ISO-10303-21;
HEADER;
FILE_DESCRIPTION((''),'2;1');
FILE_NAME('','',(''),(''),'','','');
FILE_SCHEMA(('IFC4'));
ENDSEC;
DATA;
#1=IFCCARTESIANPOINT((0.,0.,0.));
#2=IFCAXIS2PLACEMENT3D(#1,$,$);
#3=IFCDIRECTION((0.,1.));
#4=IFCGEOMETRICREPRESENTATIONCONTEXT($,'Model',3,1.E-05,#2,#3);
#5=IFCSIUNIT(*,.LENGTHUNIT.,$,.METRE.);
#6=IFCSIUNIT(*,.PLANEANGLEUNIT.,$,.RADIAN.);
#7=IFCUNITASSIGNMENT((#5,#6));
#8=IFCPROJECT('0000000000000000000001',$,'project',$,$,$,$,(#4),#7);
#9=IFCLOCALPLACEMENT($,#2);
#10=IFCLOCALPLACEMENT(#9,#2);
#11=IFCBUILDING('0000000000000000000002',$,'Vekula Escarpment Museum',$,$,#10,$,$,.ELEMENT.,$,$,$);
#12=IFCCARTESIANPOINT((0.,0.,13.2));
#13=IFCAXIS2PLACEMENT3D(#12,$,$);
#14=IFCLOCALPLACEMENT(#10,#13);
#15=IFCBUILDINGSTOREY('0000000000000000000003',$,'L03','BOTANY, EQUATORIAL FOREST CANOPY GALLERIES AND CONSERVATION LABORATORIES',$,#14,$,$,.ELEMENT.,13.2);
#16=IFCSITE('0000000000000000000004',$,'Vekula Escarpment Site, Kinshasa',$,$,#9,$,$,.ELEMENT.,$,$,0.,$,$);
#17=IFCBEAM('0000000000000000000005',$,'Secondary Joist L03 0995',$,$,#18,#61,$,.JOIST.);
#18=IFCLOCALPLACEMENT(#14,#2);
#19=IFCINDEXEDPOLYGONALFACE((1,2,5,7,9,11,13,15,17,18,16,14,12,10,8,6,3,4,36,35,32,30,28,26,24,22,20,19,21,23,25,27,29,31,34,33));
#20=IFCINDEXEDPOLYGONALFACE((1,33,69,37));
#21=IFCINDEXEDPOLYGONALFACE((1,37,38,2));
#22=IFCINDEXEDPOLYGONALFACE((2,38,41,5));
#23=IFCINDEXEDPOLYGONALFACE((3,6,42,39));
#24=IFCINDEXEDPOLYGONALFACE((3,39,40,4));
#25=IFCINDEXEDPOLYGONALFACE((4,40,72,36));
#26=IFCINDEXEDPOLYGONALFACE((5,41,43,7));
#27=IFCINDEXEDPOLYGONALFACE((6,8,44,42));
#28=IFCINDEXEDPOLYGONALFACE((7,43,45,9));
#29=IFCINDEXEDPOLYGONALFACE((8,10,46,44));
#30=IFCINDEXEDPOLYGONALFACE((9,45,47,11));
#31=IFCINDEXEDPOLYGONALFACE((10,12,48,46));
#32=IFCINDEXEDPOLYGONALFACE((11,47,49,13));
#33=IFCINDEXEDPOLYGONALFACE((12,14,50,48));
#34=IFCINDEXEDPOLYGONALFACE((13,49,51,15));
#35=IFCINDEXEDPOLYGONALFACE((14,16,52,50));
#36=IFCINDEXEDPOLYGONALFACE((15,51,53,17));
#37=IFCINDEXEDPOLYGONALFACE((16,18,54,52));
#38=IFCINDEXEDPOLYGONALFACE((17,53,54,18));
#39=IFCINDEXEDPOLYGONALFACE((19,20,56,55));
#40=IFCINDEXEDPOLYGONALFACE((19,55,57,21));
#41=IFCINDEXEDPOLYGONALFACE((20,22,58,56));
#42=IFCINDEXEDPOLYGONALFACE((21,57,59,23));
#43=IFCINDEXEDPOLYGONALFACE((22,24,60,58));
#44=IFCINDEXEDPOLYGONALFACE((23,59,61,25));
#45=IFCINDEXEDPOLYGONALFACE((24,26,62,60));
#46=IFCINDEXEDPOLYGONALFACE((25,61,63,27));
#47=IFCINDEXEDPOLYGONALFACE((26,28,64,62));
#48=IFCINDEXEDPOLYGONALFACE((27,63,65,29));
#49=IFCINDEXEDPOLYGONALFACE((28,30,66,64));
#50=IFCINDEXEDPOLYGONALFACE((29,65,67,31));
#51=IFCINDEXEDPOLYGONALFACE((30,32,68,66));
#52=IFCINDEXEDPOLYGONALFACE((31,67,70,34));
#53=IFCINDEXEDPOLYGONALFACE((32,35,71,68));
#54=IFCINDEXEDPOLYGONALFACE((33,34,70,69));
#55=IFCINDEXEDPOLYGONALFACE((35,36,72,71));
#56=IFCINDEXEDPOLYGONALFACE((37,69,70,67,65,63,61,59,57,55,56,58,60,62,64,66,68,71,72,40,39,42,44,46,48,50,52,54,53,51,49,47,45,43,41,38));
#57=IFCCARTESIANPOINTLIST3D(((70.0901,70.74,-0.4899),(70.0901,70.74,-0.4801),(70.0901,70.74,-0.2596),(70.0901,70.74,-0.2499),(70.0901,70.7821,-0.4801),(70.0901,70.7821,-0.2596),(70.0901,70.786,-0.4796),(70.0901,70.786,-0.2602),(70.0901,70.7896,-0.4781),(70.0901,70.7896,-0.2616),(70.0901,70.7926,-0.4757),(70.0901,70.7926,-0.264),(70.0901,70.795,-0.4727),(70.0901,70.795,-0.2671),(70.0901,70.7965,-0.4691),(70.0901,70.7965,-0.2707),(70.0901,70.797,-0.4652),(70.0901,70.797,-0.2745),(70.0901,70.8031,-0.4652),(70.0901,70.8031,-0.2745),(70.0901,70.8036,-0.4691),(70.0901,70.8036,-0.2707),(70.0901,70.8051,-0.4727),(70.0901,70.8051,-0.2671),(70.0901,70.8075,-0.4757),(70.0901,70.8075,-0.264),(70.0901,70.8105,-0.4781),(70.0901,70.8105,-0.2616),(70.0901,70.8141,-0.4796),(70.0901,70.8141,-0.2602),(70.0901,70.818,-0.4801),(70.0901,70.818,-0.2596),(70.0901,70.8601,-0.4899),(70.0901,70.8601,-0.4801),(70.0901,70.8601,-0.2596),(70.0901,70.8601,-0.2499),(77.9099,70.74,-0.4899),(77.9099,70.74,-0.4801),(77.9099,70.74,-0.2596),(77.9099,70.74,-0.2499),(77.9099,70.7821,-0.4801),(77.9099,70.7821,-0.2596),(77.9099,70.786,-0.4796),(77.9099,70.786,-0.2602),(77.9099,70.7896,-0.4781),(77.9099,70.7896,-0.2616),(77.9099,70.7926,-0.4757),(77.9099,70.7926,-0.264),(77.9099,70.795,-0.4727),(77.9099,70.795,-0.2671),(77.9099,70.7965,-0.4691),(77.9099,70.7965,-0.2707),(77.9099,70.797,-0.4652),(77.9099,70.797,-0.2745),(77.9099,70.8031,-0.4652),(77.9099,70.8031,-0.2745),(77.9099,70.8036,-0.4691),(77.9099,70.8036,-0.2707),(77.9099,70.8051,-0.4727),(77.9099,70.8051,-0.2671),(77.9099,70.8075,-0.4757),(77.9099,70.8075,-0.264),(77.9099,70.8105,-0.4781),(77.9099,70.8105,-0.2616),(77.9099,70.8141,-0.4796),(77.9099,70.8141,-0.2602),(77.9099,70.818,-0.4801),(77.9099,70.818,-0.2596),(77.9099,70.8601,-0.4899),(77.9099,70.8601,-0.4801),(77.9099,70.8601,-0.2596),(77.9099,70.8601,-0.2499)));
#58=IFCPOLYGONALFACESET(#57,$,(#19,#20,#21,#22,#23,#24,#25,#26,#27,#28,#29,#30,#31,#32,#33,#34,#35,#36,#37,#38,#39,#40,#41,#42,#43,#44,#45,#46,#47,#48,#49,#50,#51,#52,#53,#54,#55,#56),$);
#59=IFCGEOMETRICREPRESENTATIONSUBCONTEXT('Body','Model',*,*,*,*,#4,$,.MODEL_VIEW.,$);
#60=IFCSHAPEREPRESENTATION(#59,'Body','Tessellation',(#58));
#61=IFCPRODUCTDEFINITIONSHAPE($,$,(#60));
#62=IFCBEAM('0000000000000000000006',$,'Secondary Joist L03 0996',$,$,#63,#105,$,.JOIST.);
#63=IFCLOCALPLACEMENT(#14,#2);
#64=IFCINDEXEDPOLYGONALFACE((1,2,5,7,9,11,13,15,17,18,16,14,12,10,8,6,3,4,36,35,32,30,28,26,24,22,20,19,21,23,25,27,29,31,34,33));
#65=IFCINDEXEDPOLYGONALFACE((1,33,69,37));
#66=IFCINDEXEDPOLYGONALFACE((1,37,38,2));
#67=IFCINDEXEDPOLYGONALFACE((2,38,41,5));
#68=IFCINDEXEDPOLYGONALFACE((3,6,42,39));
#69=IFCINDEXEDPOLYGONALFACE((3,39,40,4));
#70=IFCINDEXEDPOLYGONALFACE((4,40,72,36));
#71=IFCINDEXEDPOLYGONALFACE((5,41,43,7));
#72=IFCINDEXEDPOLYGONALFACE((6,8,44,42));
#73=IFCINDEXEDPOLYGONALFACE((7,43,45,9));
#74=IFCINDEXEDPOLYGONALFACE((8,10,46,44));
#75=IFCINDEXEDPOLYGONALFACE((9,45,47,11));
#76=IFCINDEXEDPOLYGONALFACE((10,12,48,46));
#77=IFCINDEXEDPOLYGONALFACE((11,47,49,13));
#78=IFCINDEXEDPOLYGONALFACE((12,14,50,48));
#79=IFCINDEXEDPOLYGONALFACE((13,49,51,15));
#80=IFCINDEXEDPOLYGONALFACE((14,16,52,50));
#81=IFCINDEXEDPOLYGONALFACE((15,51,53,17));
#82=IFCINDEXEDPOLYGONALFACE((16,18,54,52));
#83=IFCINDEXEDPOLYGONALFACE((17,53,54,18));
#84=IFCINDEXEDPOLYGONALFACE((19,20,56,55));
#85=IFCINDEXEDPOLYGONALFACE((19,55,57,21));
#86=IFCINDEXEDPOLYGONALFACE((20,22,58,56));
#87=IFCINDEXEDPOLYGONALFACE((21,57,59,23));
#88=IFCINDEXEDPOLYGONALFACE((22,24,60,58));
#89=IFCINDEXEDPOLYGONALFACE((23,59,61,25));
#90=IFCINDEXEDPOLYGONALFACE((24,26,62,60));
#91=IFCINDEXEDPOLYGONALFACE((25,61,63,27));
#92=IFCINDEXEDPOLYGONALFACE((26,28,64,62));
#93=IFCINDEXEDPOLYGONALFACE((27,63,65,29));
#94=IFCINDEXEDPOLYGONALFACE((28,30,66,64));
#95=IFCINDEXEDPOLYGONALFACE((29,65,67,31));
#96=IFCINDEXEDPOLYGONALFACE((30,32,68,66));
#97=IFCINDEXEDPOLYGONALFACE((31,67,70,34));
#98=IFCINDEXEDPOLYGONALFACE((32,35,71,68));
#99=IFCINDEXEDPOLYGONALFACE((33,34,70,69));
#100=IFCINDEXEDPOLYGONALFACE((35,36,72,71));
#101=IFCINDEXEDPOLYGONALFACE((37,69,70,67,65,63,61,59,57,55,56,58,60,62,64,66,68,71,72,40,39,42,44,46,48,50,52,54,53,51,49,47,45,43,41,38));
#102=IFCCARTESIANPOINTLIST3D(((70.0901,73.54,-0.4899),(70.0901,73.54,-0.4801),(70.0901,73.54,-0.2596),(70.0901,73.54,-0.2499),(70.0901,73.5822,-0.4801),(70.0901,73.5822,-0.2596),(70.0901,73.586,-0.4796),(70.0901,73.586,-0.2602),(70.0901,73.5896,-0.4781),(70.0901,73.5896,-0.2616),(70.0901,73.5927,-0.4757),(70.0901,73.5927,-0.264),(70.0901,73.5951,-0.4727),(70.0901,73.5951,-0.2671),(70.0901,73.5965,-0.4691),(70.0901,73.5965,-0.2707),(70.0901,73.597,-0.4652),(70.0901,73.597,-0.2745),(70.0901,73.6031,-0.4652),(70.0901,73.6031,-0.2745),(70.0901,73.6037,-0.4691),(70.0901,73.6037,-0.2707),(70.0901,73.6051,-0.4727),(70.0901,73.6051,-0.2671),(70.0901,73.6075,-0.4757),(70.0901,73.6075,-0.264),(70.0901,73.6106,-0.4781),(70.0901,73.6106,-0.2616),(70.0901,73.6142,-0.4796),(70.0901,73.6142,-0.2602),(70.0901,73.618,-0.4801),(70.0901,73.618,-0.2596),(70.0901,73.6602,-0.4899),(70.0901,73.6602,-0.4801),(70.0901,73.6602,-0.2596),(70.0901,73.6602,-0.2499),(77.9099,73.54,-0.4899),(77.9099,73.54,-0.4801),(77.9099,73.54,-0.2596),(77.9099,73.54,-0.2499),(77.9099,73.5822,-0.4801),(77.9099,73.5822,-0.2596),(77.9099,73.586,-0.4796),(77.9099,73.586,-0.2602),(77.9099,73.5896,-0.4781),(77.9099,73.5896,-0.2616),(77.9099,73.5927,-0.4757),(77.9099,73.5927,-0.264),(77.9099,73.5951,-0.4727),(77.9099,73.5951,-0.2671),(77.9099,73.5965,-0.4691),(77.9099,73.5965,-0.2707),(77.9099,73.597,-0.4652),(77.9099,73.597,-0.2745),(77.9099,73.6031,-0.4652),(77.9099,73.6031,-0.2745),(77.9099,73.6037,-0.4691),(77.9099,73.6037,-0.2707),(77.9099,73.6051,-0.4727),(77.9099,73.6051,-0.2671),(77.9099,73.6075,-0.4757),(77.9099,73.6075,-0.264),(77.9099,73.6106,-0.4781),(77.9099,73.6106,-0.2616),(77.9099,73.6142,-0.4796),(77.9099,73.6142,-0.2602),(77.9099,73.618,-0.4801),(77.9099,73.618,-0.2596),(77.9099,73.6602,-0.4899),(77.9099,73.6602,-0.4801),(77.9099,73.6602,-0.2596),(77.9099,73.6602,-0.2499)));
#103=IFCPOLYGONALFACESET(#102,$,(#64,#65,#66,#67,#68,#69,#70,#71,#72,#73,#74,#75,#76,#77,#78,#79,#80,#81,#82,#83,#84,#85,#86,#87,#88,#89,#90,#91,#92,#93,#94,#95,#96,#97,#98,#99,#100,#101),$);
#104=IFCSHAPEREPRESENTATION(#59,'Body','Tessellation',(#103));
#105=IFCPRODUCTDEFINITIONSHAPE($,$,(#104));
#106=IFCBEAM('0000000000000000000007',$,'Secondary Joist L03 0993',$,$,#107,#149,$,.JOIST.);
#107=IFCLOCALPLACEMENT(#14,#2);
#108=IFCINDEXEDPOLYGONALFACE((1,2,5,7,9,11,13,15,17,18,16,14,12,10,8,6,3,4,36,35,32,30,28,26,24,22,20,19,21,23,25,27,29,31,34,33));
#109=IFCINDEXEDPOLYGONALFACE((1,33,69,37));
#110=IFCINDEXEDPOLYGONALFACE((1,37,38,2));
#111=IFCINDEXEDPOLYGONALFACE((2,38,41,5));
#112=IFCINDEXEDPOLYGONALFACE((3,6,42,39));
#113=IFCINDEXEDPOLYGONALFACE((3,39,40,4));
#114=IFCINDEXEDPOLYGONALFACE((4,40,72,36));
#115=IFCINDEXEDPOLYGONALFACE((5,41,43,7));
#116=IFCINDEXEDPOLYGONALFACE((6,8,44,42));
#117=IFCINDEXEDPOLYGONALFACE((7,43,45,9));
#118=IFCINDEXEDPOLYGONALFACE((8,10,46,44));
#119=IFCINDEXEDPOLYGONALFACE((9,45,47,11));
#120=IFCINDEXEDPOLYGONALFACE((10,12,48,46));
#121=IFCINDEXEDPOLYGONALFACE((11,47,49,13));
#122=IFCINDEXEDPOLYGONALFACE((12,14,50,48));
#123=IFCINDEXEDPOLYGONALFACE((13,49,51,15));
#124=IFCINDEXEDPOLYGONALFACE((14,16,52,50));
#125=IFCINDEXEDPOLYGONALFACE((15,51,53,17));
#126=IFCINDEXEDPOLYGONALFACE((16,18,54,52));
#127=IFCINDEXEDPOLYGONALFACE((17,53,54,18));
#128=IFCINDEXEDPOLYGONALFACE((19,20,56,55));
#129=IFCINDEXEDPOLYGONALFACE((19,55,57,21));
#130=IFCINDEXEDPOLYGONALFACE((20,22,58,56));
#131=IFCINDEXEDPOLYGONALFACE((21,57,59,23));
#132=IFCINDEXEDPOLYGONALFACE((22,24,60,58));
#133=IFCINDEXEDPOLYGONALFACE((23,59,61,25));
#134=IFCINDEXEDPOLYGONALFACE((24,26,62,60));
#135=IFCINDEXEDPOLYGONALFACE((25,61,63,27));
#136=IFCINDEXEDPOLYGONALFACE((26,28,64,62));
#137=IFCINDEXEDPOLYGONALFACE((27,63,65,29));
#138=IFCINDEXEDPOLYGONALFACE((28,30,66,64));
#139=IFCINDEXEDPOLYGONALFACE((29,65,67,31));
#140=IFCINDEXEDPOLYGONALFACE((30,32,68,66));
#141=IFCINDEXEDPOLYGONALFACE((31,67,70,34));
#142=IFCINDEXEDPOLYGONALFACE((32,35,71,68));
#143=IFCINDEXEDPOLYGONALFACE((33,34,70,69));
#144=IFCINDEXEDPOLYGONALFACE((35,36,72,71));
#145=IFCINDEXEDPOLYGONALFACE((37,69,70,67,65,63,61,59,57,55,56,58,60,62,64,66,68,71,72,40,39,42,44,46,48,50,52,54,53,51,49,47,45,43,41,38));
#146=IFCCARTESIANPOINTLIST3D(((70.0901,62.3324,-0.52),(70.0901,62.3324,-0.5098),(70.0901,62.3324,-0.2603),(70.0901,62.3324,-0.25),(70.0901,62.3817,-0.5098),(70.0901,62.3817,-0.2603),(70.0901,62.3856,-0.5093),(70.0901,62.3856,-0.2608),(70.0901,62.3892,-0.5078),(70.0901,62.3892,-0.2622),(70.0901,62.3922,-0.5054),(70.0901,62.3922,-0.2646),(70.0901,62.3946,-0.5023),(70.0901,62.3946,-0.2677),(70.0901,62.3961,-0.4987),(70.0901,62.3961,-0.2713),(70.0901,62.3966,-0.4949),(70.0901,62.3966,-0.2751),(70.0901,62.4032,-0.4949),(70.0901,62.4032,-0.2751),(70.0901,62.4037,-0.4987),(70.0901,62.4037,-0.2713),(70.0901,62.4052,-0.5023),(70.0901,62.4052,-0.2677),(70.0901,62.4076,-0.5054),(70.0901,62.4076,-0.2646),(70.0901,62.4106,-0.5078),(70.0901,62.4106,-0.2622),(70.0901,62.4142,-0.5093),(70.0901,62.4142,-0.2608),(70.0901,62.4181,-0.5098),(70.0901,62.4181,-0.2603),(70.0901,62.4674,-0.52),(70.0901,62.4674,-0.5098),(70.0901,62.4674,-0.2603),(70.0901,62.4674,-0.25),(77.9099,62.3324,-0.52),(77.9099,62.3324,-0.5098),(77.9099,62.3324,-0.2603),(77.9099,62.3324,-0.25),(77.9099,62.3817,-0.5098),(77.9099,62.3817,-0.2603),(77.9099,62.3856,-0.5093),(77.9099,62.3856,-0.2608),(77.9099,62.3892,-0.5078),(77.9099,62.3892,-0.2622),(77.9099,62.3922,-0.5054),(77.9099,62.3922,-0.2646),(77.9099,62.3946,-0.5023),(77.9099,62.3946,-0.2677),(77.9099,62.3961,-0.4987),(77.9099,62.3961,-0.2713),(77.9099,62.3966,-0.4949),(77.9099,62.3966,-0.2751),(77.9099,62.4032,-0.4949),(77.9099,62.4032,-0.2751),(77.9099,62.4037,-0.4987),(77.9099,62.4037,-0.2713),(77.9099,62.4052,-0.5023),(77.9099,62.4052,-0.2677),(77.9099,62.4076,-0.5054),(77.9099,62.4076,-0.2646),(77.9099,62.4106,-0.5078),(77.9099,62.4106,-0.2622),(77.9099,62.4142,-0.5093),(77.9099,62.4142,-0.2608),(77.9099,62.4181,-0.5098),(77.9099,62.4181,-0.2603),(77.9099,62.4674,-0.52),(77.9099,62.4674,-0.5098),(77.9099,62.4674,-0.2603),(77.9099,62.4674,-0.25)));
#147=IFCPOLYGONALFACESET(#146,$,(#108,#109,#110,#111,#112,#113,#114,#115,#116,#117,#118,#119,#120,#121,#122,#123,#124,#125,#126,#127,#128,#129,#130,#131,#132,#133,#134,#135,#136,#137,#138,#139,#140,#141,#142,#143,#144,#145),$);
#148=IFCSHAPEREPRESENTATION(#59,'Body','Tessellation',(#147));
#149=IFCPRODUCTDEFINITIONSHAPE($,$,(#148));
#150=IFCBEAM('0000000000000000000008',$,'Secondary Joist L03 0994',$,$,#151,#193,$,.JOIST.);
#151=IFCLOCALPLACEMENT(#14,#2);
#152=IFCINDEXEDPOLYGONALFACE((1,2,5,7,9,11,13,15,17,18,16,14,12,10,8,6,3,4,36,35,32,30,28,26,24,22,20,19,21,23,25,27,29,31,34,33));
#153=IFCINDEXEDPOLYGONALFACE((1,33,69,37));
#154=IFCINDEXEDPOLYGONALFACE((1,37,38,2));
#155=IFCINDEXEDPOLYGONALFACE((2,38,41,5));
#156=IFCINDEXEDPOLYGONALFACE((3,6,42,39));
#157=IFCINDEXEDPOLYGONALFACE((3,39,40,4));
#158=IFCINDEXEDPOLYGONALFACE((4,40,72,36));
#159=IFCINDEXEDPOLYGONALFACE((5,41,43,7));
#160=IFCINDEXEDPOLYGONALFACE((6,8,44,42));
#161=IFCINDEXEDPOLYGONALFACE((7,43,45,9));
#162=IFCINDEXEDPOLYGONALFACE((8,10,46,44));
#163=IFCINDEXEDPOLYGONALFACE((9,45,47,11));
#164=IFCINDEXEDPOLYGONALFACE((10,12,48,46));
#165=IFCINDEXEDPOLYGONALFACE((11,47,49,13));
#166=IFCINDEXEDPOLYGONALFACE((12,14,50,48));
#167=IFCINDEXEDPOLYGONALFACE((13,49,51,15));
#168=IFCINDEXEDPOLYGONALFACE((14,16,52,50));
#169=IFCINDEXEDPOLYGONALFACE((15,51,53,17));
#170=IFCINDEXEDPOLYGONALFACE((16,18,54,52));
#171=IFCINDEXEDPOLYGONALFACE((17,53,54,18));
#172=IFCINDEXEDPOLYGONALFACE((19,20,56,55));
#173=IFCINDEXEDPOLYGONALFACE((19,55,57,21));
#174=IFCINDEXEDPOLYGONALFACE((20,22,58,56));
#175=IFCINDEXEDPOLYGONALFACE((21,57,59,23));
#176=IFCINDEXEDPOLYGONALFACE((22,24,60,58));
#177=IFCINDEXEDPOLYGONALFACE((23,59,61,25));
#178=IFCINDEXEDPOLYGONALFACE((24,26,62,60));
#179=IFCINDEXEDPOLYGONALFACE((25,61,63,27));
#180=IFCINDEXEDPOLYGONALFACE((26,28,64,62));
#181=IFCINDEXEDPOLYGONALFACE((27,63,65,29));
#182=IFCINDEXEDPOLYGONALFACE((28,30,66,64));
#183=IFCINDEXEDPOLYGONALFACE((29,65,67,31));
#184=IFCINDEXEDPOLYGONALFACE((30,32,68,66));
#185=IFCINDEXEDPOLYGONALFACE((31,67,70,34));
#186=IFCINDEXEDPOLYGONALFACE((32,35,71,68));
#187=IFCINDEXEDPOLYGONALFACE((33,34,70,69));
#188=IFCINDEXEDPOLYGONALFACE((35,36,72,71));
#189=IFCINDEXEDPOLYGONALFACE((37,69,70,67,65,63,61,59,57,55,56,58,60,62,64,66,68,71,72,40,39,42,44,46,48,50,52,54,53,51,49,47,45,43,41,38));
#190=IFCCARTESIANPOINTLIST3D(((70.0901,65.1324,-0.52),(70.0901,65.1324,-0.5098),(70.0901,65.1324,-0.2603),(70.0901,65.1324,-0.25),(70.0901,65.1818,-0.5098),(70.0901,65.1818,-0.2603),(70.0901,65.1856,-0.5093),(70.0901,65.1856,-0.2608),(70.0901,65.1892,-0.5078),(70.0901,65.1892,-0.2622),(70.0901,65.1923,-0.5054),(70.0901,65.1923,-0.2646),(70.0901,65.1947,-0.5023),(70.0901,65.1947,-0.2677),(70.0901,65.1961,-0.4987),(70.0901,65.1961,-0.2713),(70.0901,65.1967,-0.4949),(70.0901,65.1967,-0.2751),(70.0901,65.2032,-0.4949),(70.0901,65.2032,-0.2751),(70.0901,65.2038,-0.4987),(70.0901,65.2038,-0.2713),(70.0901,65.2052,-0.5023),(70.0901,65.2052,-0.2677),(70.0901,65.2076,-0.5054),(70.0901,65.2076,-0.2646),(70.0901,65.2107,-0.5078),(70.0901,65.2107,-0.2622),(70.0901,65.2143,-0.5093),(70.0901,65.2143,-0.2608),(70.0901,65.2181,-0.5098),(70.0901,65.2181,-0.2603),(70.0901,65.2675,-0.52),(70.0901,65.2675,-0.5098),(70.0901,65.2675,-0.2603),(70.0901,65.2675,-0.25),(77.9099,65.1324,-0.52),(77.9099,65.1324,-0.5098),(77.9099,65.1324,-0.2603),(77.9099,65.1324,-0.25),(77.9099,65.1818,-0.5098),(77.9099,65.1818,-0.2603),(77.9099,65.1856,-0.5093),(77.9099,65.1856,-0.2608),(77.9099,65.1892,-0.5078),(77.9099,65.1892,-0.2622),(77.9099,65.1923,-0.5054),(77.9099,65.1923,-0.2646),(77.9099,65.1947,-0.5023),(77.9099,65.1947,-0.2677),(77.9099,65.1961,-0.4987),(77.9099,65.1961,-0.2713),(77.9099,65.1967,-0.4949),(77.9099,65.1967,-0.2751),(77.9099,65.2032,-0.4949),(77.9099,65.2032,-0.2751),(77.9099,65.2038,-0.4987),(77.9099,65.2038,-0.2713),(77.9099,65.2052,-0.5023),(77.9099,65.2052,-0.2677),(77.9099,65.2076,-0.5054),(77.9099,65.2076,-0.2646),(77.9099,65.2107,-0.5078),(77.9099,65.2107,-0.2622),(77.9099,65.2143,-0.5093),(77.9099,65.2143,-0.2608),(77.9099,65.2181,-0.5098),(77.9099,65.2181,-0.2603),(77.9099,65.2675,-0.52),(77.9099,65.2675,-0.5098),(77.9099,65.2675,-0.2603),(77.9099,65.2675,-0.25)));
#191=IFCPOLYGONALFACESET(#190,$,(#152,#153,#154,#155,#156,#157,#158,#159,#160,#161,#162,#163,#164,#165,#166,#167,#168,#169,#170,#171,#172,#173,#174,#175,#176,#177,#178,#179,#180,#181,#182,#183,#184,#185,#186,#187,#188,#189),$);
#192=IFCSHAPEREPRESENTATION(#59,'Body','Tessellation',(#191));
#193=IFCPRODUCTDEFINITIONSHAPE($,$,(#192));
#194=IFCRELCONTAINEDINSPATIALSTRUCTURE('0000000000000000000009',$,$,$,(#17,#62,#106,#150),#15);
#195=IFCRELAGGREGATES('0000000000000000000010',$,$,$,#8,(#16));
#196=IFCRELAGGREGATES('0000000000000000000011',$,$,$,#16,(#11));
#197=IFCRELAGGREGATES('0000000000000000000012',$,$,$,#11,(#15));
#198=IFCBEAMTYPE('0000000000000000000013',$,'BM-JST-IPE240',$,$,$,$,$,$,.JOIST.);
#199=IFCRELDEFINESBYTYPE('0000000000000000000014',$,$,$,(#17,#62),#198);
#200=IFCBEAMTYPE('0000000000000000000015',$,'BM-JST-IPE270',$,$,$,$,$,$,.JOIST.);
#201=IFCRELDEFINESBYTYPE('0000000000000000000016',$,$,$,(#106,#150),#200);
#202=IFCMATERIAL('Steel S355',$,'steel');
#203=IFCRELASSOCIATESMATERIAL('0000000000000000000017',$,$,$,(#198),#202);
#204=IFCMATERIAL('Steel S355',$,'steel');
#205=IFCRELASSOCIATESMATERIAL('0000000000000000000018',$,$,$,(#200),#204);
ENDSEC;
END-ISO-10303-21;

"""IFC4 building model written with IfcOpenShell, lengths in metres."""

from ifc_helpers import new_model, si_unit, direction, frame, origin, origin_2d, place, context, subcontext, project, spatial, i_section, extrude, material, material_profile, profile_set, type_object, element, save


model = new_model("IFC4")

# Units and contexts
model_context = context("Model", 3, precision=1e-05, world=origin(), true_north=direction((0.0, 1.0)))
body_context = subcontext(model_context, "Body", "Model", "MODEL_VIEW")
ifc_project = project(units=[si_unit("LENGTHUNIT", "METRE"), si_unit("PLANEANGLEUNIT", "RADIAN")], contexts=[model_context])

# Site, building, storey
site_placement = place(None, origin())
site = spatial("IfcSite", under=ifc_project, at=site_placement, Name="Vekula Escarpment Site, Kinshasa", CompositionType="ELEMENT", RefElevation=0.0)
building_placement = place(site_placement, origin())
building = spatial("IfcBuilding", under=site, at=building_placement, Name="Vekula Escarpment Museum", CompositionType="ELEMENT")
storey_placement = place(building_placement, frame((0.0, 0.0, 13.2)))
storey = spatial("IfcBuildingStorey", under=building, at=storey_placement, Name="L03", Description="BOTANY, EQUATORIAL FOREST CANOPY GALLERIES AND CONSERVATION LABORATORIES", CompositionType="ELEMENT", Elevation=13.2)

# Beams
ifc_material_1 = material(Name="Steel S355", Category="steel")
ifc_material_profile_1 = material_profile(ifc_material_1, i_section(OverallWidth=0.1201, OverallDepth=0.24, WebThickness=0.0061, FlangeThickness=0.0098, FilletRadius=0.0149, at=origin_2d()), Name="IPE 240")
ifc_profile_set_1 = profile_set([ifc_material_profile_1], Name="Steel S355")
beam_type_1 = type_object("IfcBeamType", Name="BM-JST-IPE240", PredefinedType="JOIST", material=ifc_profile_set_1)
for number, where, z_axis, x_axis, name in (
    (1, (70.0901, 70.8, -0.3699), (1.0, 0.0, 0.0), (0.0, 1.0, 0.0), "Secondary Joist L03 0995"),
    (2, (70.0901, 73.6001, -0.3699), (1.0, 0.0, 0.0), (0.0, 1.0, 0.0), "Secondary Joist L03 0996"),
):
    element("IfcBeam", number, at=place(storey_placement, frame(where, z_axis=z_axis, x_axis=x_axis)), inside=storey, type_object=beam_type_1, Name=name, PredefinedType="JOIST", context=body_context, shape_type="SweptSolid", body=[
        extrude(i_section(OverallWidth=0.1201, OverallDepth=0.24, WebThickness=0.0061, FlangeThickness=0.0098, FilletRadius=0.0149, at=origin_2d()), origin(), (0.0, 0.0, 1.0), 7.8198),
    ])
ifc_material_2 = material(Name="Steel S355", Category="steel")
ifc_material_profile_2 = material_profile(ifc_material_2, i_section(OverallWidth=0.135, OverallDepth=0.27, WebThickness=0.0066, FlangeThickness=0.0103, FilletRadius=0.0149, at=origin_2d()), Name="IPE 270")
ifc_profile_set_2 = profile_set([ifc_material_profile_2], Name="Steel S355")
beam_type_2 = type_object("IfcBeamType", Name="BM-JST-IPE270", PredefinedType="JOIST", material=ifc_profile_set_2)
for number, where, z_axis, x_axis, name in (
    (3, (70.0901, 62.3999, -0.385), (1.0, 0.0, 0.0), (0.0, 1.0, 0.0), "Secondary Joist L03 0993"),
    (4, (70.0901, 65.2, -0.385), (1.0, 0.0, 0.0), (0.0, 1.0, 0.0), "Secondary Joist L03 0994"),
):
    element("IfcBeam", number, at=place(storey_placement, frame(where, z_axis=z_axis, x_axis=x_axis)), inside=storey, type_object=beam_type_2, Name=name, PredefinedType="JOIST", context=body_context, shape_type="SweptSolid", body=[
        extrude(i_section(OverallWidth=0.135, OverallDepth=0.27, WebThickness=0.0066, FlangeThickness=0.0103, FilletRadius=0.0149, at=origin_2d()), origin(), (0.0, 0.0, 1.0), 7.8198),
    ])

save(model, "model.ifc")
